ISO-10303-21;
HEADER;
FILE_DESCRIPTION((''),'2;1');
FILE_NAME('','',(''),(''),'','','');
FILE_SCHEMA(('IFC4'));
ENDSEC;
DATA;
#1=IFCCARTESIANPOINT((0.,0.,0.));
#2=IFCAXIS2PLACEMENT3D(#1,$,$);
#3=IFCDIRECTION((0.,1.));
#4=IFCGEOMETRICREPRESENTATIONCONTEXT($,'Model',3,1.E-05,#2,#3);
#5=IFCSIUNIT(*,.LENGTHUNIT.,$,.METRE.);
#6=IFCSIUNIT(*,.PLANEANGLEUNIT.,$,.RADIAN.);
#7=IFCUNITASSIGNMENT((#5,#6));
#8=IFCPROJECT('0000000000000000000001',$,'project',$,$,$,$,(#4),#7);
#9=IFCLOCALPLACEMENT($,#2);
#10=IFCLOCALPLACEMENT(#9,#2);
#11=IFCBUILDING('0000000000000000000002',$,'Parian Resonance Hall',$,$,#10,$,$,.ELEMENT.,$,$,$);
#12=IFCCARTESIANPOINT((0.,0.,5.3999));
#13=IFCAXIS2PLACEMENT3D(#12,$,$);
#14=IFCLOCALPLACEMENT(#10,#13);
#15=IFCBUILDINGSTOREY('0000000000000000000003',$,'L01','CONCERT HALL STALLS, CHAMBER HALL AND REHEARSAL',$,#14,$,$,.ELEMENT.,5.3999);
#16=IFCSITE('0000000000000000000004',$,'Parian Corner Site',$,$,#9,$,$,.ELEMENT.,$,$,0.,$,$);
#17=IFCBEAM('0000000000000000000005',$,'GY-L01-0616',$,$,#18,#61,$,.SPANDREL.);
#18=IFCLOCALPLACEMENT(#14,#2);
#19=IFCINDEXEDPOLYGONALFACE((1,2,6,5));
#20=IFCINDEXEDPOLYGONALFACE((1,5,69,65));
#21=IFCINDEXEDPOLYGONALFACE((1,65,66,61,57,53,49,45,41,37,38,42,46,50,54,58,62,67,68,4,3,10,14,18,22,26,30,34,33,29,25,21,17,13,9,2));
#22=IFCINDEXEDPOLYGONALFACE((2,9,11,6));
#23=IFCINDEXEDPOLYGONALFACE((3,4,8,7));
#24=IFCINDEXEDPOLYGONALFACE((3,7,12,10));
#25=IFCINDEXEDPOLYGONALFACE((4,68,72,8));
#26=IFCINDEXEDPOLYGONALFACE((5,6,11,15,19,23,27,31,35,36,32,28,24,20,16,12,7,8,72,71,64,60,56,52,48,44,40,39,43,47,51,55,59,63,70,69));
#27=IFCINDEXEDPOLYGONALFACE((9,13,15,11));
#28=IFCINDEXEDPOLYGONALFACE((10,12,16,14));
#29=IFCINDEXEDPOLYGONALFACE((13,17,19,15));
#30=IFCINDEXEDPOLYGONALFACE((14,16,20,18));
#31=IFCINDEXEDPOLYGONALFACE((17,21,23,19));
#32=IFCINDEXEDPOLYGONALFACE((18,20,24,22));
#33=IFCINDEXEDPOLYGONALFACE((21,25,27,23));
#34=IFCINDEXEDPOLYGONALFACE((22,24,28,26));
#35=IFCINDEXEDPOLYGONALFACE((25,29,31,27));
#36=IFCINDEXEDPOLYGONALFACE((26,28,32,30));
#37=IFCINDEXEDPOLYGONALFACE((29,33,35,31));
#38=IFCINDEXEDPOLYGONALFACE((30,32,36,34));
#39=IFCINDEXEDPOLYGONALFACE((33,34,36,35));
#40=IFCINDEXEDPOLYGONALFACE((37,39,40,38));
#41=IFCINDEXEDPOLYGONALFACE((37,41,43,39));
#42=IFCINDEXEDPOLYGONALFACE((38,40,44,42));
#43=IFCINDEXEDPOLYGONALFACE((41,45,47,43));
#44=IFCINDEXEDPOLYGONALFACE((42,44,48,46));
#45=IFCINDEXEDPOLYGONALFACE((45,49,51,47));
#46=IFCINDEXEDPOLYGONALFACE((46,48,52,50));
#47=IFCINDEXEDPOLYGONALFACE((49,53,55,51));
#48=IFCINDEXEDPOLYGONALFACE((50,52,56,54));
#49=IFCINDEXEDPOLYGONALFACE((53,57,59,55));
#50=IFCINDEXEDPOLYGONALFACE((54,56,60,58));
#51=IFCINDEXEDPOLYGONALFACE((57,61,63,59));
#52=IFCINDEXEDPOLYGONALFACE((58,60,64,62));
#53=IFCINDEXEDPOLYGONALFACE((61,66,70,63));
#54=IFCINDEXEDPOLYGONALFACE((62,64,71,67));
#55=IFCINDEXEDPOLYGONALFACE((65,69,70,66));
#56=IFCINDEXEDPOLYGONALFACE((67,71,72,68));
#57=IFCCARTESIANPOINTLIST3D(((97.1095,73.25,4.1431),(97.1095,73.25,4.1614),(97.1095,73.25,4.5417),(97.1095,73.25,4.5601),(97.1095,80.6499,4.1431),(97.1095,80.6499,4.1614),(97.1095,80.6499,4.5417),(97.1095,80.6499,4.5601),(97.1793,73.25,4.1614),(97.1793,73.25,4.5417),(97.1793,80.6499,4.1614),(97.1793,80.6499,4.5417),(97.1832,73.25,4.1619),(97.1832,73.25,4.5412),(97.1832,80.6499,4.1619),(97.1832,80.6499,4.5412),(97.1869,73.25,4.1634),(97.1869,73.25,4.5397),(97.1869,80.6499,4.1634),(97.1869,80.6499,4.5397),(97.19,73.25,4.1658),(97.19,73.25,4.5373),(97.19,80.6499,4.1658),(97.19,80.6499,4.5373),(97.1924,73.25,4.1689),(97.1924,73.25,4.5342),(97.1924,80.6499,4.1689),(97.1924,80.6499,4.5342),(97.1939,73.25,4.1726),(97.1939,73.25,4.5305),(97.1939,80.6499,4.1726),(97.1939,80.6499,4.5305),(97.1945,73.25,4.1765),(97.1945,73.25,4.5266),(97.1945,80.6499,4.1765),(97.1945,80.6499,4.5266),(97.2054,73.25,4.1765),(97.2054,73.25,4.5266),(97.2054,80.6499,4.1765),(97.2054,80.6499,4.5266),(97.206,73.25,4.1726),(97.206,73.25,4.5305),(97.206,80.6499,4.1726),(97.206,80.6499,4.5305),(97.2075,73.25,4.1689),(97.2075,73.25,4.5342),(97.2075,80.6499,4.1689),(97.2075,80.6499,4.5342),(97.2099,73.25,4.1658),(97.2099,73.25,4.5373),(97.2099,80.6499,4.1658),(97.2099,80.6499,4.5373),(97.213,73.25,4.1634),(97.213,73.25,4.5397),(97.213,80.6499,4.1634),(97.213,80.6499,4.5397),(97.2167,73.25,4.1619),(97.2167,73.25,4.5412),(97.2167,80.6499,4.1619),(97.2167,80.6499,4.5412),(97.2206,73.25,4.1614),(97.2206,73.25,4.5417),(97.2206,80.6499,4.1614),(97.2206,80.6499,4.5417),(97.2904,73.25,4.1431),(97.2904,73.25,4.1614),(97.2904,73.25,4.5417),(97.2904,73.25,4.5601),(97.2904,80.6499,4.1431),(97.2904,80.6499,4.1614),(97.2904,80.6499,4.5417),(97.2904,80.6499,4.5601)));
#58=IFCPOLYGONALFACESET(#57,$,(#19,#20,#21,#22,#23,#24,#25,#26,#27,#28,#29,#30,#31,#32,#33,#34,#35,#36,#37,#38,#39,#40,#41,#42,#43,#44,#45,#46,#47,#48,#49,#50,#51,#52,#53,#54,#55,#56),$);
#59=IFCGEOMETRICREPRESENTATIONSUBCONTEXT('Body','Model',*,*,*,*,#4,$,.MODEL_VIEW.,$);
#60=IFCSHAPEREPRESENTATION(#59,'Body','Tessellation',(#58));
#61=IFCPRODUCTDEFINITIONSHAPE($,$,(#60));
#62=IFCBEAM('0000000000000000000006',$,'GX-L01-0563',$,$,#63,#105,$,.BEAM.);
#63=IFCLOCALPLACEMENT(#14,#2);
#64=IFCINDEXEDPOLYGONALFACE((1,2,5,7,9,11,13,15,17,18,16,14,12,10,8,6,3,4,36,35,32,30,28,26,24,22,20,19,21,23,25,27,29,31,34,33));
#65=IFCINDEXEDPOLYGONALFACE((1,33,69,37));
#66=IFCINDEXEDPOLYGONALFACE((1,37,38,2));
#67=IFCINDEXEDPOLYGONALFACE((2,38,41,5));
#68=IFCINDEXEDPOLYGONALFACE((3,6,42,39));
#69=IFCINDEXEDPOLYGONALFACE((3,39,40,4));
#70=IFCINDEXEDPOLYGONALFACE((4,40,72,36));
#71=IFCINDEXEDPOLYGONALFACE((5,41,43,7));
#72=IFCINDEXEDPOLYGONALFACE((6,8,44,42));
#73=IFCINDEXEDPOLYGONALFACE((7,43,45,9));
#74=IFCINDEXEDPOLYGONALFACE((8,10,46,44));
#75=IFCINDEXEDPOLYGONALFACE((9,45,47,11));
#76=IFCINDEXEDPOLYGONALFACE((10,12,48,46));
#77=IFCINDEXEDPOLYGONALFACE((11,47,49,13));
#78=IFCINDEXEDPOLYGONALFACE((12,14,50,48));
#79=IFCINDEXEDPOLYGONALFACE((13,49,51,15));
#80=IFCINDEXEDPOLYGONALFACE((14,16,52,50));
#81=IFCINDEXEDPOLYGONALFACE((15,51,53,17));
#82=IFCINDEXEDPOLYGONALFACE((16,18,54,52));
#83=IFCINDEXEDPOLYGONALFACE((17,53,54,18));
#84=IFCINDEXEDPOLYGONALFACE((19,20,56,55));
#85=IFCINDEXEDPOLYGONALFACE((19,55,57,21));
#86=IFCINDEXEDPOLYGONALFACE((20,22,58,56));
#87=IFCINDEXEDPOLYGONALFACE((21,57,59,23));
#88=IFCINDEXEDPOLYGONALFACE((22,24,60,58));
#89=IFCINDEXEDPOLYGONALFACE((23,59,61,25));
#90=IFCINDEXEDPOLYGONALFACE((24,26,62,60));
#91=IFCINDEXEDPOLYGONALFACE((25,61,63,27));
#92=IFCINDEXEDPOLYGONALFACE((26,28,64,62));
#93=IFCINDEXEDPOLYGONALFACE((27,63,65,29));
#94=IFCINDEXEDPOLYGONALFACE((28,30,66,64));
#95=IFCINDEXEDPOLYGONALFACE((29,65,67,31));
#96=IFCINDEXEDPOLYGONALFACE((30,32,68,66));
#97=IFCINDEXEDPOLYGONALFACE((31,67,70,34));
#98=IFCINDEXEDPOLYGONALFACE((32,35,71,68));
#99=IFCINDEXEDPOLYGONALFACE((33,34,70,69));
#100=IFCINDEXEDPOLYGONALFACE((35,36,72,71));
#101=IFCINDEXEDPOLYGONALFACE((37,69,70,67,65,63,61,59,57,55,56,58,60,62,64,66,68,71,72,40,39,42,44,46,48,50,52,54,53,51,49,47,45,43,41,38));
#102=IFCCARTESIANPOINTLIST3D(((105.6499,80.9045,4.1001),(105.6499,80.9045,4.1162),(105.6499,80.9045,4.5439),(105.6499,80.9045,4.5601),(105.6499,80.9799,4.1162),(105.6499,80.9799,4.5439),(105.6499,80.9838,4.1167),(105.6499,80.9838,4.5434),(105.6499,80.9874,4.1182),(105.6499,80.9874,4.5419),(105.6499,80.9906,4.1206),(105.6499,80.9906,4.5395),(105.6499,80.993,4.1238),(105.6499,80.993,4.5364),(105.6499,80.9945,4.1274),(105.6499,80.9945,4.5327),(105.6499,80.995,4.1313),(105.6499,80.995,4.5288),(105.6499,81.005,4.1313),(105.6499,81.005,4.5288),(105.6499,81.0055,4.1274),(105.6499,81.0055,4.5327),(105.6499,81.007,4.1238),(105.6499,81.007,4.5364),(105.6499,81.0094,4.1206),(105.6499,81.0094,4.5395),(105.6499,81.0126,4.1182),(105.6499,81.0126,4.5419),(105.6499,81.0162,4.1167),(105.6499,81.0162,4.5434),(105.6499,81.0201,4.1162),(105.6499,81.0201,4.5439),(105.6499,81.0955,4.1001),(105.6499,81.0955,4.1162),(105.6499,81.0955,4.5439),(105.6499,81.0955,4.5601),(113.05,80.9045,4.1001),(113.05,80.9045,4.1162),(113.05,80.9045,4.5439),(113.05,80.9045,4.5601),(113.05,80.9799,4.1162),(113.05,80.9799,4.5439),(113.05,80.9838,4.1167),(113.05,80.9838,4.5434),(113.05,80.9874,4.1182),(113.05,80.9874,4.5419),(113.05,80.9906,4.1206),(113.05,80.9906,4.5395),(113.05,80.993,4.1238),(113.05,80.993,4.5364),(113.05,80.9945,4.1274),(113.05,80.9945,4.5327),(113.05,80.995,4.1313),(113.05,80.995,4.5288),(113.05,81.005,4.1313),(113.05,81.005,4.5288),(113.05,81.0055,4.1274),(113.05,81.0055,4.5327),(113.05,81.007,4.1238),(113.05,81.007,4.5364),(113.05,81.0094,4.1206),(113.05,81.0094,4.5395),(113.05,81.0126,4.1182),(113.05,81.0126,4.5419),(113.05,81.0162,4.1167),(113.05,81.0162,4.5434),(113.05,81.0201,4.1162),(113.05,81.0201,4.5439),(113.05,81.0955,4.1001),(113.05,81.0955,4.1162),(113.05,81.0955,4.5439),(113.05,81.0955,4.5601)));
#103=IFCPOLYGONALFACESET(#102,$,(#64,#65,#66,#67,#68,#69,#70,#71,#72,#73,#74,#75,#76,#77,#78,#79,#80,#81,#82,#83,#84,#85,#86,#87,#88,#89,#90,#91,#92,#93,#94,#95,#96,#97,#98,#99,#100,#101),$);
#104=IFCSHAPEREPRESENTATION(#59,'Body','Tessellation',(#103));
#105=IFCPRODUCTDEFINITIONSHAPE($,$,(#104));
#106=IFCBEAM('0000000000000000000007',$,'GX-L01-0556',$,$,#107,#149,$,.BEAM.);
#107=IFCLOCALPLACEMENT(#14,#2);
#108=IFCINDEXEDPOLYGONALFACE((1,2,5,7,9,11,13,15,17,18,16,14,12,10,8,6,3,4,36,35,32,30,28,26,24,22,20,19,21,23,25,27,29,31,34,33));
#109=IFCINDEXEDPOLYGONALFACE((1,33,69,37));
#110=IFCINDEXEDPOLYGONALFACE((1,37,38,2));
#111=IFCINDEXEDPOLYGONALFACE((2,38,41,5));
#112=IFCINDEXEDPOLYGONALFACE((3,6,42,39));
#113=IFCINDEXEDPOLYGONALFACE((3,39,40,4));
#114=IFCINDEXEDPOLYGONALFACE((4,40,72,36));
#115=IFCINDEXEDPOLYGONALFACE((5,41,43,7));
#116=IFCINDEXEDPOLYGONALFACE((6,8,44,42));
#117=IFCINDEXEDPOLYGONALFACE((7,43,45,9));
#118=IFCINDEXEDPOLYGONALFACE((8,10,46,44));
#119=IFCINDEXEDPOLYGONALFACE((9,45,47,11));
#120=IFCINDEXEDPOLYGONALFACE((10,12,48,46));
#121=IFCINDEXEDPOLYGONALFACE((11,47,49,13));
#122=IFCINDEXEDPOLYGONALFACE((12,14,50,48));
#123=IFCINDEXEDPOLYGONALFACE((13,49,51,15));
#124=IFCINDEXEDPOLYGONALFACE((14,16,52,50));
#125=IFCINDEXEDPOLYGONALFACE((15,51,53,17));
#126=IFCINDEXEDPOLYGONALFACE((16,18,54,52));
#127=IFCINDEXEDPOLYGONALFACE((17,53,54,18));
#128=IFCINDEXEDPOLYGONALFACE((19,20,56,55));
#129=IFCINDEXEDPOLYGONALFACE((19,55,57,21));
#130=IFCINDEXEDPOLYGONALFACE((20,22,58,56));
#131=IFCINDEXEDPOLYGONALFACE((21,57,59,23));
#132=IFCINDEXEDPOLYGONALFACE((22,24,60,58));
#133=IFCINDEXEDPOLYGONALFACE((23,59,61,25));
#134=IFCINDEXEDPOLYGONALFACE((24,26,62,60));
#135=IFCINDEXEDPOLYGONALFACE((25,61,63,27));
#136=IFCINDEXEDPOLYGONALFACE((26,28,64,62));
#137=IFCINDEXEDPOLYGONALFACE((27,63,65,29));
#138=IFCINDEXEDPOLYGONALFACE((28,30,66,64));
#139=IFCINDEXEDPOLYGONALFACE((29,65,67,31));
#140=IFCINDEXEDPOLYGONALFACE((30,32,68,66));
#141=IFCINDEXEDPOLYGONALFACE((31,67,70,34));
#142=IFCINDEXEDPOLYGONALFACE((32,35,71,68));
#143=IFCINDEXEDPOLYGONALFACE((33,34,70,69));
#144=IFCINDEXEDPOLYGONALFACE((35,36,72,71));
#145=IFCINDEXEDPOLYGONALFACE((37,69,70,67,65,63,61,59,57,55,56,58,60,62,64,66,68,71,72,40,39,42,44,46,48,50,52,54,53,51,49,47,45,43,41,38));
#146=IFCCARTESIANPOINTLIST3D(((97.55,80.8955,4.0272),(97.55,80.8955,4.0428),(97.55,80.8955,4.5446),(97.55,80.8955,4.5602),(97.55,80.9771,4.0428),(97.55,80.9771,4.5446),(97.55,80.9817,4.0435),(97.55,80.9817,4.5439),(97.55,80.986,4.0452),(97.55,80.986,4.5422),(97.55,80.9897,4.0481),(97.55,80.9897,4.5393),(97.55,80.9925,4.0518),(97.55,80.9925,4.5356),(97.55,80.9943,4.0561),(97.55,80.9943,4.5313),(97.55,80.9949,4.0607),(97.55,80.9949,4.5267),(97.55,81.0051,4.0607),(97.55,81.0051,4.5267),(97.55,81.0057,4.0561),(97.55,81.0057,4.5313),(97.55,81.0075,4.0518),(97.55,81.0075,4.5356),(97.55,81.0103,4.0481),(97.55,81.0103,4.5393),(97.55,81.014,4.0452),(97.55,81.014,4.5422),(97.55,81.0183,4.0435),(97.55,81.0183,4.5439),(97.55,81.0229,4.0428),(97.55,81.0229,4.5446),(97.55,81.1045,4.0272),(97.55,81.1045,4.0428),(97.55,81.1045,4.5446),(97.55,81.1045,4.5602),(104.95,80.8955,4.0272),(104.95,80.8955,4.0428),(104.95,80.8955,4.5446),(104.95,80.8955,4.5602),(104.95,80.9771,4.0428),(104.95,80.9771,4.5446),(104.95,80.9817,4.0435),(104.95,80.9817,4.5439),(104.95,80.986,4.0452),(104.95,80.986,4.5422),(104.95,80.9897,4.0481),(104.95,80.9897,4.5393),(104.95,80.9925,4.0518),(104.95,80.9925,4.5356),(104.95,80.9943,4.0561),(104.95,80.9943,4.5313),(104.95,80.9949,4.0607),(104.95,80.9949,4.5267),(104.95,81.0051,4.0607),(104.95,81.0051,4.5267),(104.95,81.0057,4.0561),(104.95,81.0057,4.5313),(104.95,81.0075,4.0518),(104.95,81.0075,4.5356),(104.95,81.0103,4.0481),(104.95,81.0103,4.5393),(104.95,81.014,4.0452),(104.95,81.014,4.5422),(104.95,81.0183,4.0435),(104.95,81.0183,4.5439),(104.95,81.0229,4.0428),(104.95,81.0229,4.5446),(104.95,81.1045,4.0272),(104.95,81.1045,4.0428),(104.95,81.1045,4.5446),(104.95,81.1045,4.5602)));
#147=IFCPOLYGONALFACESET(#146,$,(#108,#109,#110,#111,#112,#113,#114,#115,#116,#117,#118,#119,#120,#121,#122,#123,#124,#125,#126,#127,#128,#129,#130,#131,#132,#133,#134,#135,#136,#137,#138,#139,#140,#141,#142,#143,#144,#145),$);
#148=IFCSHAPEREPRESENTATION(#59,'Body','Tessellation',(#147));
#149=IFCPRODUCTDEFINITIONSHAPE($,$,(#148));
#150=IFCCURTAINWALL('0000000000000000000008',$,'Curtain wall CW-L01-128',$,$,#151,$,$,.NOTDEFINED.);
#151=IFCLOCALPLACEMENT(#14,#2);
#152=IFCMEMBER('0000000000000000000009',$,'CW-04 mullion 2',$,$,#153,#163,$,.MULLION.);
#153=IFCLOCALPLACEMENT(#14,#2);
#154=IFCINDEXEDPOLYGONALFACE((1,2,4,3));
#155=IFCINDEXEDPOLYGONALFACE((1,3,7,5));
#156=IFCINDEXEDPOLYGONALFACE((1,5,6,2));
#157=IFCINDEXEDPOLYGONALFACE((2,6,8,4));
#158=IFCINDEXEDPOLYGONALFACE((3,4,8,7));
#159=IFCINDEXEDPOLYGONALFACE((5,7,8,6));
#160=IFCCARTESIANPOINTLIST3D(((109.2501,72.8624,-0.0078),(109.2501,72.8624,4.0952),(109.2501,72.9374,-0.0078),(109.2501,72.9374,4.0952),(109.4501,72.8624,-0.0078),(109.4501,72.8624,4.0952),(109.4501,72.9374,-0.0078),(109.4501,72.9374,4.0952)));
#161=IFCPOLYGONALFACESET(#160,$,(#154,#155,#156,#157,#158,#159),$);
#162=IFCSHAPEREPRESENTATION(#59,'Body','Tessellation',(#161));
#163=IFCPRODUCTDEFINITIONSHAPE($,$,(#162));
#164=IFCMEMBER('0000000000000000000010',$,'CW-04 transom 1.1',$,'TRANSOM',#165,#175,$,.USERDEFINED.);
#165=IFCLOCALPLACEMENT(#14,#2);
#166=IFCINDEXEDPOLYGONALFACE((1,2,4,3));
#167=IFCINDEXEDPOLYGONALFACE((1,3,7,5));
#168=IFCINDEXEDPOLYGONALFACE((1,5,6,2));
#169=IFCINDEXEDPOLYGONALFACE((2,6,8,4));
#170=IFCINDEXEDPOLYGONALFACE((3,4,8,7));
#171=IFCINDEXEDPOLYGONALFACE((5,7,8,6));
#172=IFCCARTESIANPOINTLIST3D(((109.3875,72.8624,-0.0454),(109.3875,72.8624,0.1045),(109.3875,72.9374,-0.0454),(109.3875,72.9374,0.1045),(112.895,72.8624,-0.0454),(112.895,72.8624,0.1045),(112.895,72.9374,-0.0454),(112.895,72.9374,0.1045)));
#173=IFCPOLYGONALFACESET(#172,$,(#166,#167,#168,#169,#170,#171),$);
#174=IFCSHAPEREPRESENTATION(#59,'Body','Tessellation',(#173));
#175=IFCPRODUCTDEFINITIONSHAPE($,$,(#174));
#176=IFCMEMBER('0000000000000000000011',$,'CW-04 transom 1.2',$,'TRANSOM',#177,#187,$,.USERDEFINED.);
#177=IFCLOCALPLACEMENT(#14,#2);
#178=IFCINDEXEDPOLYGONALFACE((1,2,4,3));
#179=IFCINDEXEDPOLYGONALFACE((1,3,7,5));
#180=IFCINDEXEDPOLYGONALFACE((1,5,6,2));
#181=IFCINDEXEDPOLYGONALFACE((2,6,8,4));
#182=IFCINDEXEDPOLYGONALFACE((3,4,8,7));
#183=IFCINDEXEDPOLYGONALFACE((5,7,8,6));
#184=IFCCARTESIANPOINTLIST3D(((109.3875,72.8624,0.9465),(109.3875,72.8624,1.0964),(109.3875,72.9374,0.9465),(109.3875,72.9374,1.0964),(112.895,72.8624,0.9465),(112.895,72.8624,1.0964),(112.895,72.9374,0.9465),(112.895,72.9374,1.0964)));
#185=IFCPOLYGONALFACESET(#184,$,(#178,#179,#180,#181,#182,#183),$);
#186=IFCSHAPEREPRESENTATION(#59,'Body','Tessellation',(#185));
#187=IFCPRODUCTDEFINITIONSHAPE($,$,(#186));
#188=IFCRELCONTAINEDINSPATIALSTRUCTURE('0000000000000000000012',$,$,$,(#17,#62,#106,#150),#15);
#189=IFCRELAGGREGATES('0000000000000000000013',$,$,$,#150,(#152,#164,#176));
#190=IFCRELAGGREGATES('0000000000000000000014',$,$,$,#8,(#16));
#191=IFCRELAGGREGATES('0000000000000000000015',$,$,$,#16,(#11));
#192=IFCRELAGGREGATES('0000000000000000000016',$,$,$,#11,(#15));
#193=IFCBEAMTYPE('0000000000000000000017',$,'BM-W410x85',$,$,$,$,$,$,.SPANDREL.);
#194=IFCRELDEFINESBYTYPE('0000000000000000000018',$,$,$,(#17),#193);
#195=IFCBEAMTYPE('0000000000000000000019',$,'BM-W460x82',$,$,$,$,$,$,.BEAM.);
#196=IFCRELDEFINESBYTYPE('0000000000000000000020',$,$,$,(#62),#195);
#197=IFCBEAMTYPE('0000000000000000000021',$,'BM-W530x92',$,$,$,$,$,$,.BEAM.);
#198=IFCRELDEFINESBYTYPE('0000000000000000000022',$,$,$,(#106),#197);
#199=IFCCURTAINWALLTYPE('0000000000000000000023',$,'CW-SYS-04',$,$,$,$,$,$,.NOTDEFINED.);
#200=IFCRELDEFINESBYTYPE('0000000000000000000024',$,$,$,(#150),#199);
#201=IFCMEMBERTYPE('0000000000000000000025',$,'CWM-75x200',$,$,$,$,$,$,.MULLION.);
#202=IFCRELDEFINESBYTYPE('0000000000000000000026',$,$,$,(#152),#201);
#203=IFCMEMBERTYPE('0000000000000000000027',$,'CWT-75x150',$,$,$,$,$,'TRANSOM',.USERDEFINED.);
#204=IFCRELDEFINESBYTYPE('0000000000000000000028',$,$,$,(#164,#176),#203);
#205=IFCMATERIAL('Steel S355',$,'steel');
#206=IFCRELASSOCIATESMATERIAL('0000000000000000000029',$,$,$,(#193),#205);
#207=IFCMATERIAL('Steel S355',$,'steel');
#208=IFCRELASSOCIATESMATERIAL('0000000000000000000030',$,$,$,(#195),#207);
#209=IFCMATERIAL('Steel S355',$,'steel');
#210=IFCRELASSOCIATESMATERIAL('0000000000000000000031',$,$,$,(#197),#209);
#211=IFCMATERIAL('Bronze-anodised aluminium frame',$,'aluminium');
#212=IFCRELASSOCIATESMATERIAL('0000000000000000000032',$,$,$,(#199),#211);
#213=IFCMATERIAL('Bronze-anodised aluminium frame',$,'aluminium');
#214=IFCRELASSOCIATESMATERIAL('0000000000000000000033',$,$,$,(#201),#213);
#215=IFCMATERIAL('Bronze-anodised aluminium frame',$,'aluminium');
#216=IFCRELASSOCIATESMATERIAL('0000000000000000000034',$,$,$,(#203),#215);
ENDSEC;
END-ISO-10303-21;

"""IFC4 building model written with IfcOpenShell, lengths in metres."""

from ifc_helpers import new_model, si_unit, direction, frame, origin, origin_2d, place, context, subcontext, project, spatial, rectangle, i_section, extrude, material, material_profile, profile_set, type_object, element, aggregate, save


model = new_model("IFC4")

# Units and contexts
model_context = context("Model", 3, precision=1e-05, world=origin(), true_north=direction((0.0, 1.0)))
body_context = subcontext(model_context, "Body", "Model", "MODEL_VIEW")
ifc_project = project(units=[si_unit("LENGTHUNIT", "METRE"), si_unit("PLANEANGLEUNIT", "RADIAN")], contexts=[model_context])

# Site, building, storey
site_placement = place(None, origin())
site = spatial("IfcSite", under=ifc_project, at=site_placement, Name="Parian Corner Site", CompositionType="ELEMENT", RefElevation=0.0)
building_placement = place(site_placement, origin())
building = spatial("IfcBuilding", under=site, at=building_placement, Name="Parian Resonance Hall", CompositionType="ELEMENT")
storey_placement = place(building_placement, frame((0.0, 0.0, 5.3999)))
storey = spatial("IfcBuildingStorey", under=building, at=storey_placement, Name="L01", Description="CONCERT HALL STALLS, CHAMBER HALL AND REHEARSAL", CompositionType="ELEMENT", Elevation=5.3999)

# Beams
ifc_material_1 = material(Name="Steel S355", Category="steel")
ifc_material_profile_1 = material_profile(ifc_material_1, i_section(OverallWidth=0.1809, OverallDepth=0.417, WebThickness=0.011, FlangeThickness=0.0183, FilletRadius=0.0151, at=origin_2d()), Name="W410x85")
ifc_profile_set_1 = profile_set([ifc_material_profile_1], Name="Steel S355")
beam_type_1 = type_object("IfcBeamType", Name="BM-W410x85", PredefinedType="SPANDREL", material=ifc_profile_set_1)
beam_1_placement = place(storey_placement, frame((97.2, 73.25, 4.3516), z_axis=(0.0, 1.0, 0.0), x_axis=(-1.0, 0.0, 0.0)))
element("IfcBeam", 1, at=beam_1_placement, inside=storey, type_object=beam_type_1, Name="GY-L01-0616", PredefinedType="SPANDREL", context=body_context, shape_type="SweptSolid", body=[
    extrude(i_section(OverallWidth=0.1809, OverallDepth=0.417, WebThickness=0.011, FlangeThickness=0.0183, FilletRadius=0.0151, at=origin_2d()), origin(), (0.0, 0.0, 1.0), 7.3999),
])
ifc_material_2 = material(Name="Steel S355", Category="steel")
ifc_material_profile_2 = material_profile(ifc_material_2, i_section(OverallWidth=0.1909, OverallDepth=0.46, WebThickness=0.01, FlangeThickness=0.0161, FilletRadius=0.0151, at=origin_2d()), Name="W460x82")
ifc_profile_set_2 = profile_set([ifc_material_profile_2], Name="Steel S355")
beam_type_2 = type_object("IfcBeamType", Name="BM-W460x82", PredefinedType="BEAM", material=ifc_profile_set_2)
beam_2_placement = place(storey_placement, frame((105.6499, 81.0, 4.3301), z_axis=(1.0, 0.0, 0.0), x_axis=(0.0, 1.0, 0.0)))
element("IfcBeam", 2, at=beam_2_placement, inside=storey, type_object=beam_type_2, Name="GX-L01-0563", PredefinedType="BEAM", context=body_context, shape_type="SweptSolid", body=[
    extrude(i_section(OverallWidth=0.1909, OverallDepth=0.46, WebThickness=0.01, FlangeThickness=0.0161, FilletRadius=0.0151, at=origin_2d()), origin(), (0.0, 0.0, 1.0), 7.4001),
])
ifc_material_3 = material(Name="Steel S355", Category="steel")
ifc_material_profile_3 = material_profile(ifc_material_3, i_section(OverallWidth=0.209, OverallDepth=0.533, WebThickness=0.0103, FlangeThickness=0.0156, FilletRadius=0.0178, at=origin_2d()), Name="W530x92")
ifc_profile_set_3 = profile_set([ifc_material_profile_3], Name="Steel S355")
beam_type_3 = type_object("IfcBeamType", Name="BM-W530x92", PredefinedType="BEAM", material=ifc_profile_set_3)
beam_3_placement = place(storey_placement, frame((97.55, 81.0, 4.2937), z_axis=(1.0, 0.0, 0.0), x_axis=(0.0, 1.0, 0.0)))
element("IfcBeam", 3, at=beam_3_placement, inside=storey, type_object=beam_type_3, Name="GX-L01-0556", PredefinedType="BEAM", context=body_context, shape_type="SweptSolid", body=[
    extrude(i_section(OverallWidth=0.209, OverallDepth=0.533, WebThickness=0.0103, FlangeThickness=0.0156, FilletRadius=0.0178, at=origin_2d()), origin(), (0.0, 0.0, 1.0), 7.3999),
])

# Curtain wall, members
ifc_material_4 = material(Name="Bronze-anodised aluminium frame", Category="aluminium")
curtain_wall_type = type_object("IfcCurtainWallType", Name="CW-SYS-04", PredefinedType="NOTDEFINED", material=ifc_material_4)
curtain_wall_placement = place(storey_placement, origin())
curtain_wall = element("IfcCurtainWall", 4, at=curtain_wall_placement, inside=storey, type_object=curtain_wall_type, Name="Curtain wall CW-L01-128", PredefinedType="NOTDEFINED")
ifc_material_5 = material(Name="Bronze-anodised aluminium frame", Category="aluminium")
ifc_material_profile_4 = material_profile(ifc_material_5, rectangle(XDim=0.075, YDim=0.2, at=origin_2d()), Name="CWM-75x200")
ifc_profile_set_4 = profile_set([ifc_material_profile_4], Name="Bronze-anodised aluminium frame")
member_type_1 = type_object("IfcMemberType", Name="CWM-75x200", PredefinedType="MULLION", material=ifc_profile_set_4)
member_1_placement = place(storey_placement, frame((109.3501, 72.8999, -0.0078), z_axis=(0.0, 0.0, 1.0), x_axis=(0.0, -1.0, 0.0)))
member_1 = element("IfcMember", 5, at=member_1_placement, type_object=member_type_1, Name="CW-04 mullion 2", PredefinedType="MULLION", context=body_context, shape_type="SweptSolid", body=[
    extrude(rectangle(XDim=0.075, YDim=0.2, at=origin_2d()), origin(), (0.0, 0.0, 1.0), 4.103),
])
ifc_material_6 = material(Name="Bronze-anodised aluminium frame", Category="aluminium")
ifc_material_profile_5 = material_profile(ifc_material_6, rectangle(XDim=0.075, YDim=0.1499, at=origin_2d()), Name="CWT-75x150")
ifc_profile_set_5 = profile_set([ifc_material_profile_5], Name="Bronze-anodised aluminium frame")
member_type_2 = type_object("IfcMemberType", Name="CWT-75x150", ElementType="TRANSOM", PredefinedType="USERDEFINED", material=ifc_profile_set_5)
member_2_placement = place(storey_placement, frame((112.895, 72.8999, 0.0295), z_axis=(-1.0, 0.0, 0.0), x_axis=(0.0, -1.0, 0.0)))
member_2 = element("IfcMember", 6, at=member_2_placement, type_object=member_type_2, Name="CW-04 transom 1.1", ObjectType="TRANSOM", PredefinedType="USERDEFINED", context=body_context, shape_type="SweptSolid", body=[
    extrude(rectangle(XDim=0.075, YDim=0.1499, at=origin_2d()), origin(), (0.0, 0.0, 1.0), 3.5076),
])
member_3_placement = place(storey_placement, frame((112.895, 72.8999, 1.0215), z_axis=(-1.0, 0.0, 0.0), x_axis=(0.0, -1.0, 0.0)))
member_3 = element("IfcMember", 7, at=member_3_placement, type_object=member_type_2, Name="CW-04 transom 1.2", ObjectType="TRANSOM", PredefinedType="USERDEFINED", context=body_context, shape_type="SweptSolid", body=[
    extrude(rectangle(XDim=0.075, YDim=0.1499, at=origin_2d()), origin(), (0.0, 0.0, 1.0), 3.5076),
])
aggregate(curtain_wall, [member_1, member_2, member_3])

save(model, "model.ifc")
